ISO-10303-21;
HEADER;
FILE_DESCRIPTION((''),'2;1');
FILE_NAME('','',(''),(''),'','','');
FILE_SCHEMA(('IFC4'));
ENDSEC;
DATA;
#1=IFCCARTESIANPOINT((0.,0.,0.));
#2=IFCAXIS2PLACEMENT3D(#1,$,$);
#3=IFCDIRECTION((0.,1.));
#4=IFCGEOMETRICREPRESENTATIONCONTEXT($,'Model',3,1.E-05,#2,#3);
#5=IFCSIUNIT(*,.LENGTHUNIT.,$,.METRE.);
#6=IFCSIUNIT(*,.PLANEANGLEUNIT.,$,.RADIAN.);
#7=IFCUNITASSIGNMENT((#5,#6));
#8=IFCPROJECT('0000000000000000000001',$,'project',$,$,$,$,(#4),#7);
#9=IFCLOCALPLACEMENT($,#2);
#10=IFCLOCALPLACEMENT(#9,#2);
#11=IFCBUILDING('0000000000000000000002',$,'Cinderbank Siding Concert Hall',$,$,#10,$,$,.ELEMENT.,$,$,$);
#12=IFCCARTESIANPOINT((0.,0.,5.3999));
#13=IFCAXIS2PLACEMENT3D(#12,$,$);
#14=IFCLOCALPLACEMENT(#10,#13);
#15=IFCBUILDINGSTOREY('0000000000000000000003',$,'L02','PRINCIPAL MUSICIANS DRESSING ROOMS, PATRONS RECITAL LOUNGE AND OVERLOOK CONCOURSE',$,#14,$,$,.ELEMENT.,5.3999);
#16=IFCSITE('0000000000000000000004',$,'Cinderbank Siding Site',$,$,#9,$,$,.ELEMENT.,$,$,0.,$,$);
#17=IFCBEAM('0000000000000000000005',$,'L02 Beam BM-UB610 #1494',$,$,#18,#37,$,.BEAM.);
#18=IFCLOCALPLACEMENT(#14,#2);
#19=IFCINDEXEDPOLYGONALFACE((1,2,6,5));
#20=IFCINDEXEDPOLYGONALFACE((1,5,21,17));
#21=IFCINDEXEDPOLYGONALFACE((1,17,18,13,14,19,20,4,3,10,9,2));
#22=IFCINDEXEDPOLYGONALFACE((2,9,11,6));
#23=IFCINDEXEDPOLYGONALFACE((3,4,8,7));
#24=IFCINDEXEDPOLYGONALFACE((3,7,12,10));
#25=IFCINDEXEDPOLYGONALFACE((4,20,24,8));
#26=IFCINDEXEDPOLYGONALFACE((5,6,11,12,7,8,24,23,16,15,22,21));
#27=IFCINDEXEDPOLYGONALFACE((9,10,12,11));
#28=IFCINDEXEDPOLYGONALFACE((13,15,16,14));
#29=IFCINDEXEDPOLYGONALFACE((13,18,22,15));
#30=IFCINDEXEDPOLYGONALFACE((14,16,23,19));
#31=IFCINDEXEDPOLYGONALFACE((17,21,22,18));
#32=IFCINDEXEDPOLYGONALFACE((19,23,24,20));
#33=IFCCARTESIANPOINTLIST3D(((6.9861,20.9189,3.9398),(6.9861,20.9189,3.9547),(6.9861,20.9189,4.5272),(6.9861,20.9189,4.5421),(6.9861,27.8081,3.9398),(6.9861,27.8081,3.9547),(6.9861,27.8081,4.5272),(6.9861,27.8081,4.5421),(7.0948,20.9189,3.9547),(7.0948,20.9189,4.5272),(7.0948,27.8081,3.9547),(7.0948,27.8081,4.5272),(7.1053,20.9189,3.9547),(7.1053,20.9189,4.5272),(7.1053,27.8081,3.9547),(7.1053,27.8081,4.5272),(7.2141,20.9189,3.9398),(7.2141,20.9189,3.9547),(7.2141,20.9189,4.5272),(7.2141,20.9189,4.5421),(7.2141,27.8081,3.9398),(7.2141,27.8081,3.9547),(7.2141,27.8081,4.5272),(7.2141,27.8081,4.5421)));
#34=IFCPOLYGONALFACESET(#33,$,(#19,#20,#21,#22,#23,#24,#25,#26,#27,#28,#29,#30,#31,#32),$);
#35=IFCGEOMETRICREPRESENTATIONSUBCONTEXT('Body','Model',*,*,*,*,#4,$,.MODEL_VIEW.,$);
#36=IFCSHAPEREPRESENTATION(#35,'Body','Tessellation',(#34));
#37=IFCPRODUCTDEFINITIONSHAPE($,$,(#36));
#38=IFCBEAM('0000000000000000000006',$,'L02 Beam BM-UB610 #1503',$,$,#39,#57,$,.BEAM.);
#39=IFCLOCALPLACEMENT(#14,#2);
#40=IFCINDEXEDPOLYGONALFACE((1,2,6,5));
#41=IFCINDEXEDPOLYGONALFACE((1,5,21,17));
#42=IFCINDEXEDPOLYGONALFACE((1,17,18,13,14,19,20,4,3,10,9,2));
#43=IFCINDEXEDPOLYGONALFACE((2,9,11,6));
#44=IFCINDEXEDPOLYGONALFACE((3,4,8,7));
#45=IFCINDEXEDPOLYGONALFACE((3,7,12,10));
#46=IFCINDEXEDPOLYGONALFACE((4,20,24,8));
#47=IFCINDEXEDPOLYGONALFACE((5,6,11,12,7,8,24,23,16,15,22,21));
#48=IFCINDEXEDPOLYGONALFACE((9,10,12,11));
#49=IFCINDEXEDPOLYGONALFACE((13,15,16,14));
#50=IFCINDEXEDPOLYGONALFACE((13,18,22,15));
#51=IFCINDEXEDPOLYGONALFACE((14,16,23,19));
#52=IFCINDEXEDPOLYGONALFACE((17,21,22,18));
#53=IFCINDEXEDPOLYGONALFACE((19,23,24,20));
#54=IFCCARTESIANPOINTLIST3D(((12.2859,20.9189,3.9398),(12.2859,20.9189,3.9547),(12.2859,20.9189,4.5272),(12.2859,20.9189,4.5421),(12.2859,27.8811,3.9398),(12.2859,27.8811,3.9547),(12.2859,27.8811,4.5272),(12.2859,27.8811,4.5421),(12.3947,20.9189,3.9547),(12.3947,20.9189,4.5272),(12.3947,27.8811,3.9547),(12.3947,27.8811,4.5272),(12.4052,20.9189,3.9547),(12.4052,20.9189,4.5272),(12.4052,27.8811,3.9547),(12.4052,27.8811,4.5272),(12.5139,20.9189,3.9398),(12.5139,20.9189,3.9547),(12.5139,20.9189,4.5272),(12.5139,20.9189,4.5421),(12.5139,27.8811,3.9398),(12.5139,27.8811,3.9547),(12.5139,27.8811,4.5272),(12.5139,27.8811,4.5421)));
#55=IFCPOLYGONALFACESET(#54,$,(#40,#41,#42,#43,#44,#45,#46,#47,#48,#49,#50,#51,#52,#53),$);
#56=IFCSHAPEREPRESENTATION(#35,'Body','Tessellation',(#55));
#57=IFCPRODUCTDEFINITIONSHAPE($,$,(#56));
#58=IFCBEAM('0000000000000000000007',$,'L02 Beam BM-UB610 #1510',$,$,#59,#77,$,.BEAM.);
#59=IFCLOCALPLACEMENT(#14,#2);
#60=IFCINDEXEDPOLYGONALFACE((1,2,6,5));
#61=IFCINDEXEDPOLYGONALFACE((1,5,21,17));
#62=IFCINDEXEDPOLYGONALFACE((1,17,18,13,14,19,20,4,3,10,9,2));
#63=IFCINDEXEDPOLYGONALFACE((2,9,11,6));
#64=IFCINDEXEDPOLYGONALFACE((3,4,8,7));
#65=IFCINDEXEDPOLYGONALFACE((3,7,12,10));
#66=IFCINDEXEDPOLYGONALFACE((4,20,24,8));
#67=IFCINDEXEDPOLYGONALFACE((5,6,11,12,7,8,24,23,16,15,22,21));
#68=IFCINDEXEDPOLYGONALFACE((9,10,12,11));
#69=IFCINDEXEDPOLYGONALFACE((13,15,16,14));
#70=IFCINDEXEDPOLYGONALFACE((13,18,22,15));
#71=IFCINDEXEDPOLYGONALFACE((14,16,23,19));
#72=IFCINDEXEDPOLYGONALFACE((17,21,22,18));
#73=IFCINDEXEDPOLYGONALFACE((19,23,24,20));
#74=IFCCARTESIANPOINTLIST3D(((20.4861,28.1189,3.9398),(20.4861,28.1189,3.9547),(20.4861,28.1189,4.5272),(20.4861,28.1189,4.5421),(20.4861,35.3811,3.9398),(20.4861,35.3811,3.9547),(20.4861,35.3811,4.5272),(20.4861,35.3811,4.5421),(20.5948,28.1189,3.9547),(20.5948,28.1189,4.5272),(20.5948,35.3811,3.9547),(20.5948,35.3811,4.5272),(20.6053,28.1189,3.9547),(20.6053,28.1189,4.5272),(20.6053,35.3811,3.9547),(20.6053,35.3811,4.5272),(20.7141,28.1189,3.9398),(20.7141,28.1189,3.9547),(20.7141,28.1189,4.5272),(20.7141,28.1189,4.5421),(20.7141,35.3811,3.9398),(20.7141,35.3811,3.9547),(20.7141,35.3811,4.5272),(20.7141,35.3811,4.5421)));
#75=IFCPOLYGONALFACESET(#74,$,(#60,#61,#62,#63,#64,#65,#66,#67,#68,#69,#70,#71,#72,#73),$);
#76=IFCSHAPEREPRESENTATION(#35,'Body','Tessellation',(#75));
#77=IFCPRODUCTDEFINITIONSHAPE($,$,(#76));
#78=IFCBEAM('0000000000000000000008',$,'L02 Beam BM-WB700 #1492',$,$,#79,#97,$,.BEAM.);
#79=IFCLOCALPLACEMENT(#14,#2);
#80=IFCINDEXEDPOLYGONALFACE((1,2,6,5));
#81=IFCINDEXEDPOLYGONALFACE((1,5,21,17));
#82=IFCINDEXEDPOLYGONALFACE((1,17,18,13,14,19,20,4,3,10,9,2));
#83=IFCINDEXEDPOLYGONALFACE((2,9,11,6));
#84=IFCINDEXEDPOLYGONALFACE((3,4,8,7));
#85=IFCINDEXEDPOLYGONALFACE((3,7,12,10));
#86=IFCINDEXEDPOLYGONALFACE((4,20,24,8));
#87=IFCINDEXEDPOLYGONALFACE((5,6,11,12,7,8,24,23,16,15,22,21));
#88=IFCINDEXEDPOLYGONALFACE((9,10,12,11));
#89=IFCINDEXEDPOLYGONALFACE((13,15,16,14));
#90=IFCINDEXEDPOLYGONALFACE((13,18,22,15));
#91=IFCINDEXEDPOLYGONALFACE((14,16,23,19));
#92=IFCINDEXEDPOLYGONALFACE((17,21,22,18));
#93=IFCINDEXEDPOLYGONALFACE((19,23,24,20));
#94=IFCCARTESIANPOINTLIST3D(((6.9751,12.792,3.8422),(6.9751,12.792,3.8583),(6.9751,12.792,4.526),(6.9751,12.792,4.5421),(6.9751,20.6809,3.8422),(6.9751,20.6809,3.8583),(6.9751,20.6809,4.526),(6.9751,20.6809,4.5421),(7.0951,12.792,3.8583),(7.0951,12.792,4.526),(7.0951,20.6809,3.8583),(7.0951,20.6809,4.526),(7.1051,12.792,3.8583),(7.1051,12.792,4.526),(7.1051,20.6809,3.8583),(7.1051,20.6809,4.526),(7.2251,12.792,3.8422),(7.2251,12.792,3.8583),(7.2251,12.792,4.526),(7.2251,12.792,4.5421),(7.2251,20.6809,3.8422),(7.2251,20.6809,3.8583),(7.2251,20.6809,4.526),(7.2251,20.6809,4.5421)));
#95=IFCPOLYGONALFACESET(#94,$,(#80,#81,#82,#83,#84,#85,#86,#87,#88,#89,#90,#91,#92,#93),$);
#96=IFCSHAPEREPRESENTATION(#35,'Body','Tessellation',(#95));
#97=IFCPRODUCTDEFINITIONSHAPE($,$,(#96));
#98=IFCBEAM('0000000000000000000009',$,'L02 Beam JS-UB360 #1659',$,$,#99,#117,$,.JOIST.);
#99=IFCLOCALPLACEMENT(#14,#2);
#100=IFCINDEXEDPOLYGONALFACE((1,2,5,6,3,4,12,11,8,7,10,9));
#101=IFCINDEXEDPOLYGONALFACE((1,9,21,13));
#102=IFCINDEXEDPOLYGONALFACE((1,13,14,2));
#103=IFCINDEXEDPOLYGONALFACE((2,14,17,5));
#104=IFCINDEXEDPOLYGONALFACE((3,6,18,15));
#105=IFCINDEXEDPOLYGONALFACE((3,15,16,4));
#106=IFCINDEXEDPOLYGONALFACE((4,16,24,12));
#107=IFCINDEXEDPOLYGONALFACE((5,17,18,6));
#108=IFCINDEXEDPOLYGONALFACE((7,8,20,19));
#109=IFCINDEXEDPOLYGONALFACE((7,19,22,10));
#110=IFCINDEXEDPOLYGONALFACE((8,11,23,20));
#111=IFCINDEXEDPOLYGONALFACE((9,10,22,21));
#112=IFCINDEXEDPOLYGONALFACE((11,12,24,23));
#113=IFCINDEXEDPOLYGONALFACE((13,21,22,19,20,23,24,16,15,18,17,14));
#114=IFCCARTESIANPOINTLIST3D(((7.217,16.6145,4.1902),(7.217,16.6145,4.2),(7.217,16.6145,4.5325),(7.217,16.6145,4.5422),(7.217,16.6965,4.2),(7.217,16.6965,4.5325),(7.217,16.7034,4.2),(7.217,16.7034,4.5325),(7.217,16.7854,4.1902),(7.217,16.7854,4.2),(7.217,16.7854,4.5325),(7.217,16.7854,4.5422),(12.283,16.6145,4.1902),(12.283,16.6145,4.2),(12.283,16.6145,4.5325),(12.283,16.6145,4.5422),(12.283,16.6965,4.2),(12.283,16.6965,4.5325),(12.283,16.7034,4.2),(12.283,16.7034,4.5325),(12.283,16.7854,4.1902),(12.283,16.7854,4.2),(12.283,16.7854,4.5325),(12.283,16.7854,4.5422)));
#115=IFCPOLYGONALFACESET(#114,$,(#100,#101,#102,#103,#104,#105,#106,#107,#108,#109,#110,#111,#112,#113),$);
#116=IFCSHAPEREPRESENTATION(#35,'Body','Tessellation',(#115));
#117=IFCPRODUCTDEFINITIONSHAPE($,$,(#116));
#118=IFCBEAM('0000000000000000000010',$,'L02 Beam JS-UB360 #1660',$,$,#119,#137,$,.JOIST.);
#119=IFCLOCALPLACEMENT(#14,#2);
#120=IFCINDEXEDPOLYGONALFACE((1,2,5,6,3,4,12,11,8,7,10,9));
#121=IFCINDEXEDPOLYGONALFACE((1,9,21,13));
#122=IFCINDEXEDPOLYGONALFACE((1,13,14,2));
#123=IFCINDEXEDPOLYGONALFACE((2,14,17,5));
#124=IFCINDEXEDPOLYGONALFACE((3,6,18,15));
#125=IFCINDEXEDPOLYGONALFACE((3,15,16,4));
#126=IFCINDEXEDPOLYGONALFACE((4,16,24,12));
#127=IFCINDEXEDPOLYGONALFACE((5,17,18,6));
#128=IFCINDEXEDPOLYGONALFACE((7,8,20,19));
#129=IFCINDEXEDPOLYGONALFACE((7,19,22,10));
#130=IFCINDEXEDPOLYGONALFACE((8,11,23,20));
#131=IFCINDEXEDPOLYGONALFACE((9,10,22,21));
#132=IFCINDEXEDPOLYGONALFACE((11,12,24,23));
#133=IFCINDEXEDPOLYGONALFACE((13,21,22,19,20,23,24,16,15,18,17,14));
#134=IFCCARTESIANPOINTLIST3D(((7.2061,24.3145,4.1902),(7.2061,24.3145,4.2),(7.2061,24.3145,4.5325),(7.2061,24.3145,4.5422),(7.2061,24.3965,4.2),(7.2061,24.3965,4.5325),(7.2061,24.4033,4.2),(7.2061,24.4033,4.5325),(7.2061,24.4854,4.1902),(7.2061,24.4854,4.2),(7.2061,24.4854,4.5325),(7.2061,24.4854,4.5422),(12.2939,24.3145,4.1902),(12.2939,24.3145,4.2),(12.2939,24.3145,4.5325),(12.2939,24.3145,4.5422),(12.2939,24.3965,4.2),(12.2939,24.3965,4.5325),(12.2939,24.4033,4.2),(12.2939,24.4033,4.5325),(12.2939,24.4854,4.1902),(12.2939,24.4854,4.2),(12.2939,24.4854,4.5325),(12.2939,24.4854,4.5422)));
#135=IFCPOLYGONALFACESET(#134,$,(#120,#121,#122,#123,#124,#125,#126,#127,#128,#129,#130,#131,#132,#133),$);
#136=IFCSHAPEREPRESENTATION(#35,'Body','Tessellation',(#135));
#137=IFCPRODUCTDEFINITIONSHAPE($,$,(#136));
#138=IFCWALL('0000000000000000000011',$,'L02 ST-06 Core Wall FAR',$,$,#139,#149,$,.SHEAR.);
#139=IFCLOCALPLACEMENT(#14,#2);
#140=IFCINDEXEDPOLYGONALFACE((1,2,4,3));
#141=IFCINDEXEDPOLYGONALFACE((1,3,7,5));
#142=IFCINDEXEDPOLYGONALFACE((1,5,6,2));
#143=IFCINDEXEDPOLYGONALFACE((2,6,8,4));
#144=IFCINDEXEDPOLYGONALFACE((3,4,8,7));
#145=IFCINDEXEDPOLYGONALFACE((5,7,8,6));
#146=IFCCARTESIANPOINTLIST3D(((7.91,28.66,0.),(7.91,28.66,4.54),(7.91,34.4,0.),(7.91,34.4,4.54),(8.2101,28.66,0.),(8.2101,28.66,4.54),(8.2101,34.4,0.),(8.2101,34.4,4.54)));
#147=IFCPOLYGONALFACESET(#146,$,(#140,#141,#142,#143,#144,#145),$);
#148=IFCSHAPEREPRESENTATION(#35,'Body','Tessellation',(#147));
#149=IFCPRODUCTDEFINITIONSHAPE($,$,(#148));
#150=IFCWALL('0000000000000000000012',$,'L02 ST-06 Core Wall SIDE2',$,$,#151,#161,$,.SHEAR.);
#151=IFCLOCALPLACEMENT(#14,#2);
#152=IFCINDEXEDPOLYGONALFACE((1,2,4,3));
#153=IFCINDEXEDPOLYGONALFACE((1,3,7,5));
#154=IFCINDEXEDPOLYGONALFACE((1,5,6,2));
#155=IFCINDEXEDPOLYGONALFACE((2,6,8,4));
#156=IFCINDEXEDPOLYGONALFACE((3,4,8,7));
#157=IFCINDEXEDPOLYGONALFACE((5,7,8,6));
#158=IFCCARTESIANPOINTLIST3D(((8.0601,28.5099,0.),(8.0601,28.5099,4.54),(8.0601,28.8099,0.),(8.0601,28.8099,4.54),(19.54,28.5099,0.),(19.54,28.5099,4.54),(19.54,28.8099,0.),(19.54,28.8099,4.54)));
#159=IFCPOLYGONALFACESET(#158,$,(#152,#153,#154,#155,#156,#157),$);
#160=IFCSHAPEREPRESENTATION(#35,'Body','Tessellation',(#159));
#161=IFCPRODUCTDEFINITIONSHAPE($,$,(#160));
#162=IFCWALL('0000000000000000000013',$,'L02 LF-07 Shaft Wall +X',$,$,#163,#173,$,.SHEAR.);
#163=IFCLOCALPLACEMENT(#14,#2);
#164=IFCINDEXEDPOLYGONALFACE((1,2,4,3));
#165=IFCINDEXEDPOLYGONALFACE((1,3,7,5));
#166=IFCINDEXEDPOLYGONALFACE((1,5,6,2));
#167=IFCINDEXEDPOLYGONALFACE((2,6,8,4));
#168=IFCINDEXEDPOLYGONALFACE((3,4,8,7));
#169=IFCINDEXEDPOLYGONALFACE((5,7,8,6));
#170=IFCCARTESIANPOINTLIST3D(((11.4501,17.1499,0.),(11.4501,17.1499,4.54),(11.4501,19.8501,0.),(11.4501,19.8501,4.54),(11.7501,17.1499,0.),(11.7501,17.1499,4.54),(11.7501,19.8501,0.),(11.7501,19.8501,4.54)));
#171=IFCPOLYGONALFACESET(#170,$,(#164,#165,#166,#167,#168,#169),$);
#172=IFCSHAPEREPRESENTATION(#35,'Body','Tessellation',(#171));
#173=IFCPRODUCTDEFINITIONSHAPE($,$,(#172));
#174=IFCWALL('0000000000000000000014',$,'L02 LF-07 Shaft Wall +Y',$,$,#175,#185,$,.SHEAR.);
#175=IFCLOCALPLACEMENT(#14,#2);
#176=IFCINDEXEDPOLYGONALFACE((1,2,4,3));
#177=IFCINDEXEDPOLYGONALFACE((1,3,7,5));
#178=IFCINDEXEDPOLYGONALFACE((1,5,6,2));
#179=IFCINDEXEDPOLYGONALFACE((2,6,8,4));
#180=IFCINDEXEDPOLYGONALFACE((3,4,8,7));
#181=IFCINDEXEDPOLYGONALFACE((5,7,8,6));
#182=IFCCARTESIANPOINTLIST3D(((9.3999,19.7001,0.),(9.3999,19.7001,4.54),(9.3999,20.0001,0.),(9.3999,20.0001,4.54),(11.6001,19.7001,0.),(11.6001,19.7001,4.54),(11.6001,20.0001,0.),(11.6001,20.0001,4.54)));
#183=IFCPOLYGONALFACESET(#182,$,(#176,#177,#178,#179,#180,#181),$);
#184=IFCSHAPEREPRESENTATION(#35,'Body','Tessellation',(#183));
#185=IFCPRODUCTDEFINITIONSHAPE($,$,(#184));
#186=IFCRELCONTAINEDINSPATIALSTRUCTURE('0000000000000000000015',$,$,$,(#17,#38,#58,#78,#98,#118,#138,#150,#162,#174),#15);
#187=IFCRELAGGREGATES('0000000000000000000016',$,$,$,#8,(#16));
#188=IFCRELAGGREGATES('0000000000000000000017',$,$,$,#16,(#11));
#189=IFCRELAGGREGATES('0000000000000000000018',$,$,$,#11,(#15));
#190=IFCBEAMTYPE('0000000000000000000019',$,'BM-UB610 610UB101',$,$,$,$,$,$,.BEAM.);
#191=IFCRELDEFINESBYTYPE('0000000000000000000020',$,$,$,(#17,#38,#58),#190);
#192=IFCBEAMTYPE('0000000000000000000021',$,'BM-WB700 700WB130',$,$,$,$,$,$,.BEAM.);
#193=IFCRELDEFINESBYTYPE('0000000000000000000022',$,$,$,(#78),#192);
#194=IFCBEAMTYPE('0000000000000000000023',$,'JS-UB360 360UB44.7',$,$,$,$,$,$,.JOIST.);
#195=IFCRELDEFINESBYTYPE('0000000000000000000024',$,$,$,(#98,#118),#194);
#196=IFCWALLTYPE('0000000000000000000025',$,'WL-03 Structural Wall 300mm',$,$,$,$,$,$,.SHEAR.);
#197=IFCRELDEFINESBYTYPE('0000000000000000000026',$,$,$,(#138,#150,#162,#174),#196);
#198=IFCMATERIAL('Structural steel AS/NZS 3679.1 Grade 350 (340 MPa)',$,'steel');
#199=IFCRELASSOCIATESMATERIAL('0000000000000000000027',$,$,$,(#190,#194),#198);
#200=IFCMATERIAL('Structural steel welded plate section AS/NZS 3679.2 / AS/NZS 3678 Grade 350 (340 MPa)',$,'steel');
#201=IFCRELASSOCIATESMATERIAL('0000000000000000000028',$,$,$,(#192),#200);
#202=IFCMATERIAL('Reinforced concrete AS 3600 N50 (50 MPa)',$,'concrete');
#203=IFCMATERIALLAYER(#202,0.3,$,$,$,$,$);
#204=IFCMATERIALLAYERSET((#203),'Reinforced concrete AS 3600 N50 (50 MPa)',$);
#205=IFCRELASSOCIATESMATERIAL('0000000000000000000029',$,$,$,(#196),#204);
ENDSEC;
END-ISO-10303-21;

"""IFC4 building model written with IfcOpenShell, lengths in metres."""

from ifc_helpers import new_model, si_unit, direction, frame, frame_2d, origin, origin_2d, place, context, subcontext, project, spatial, rectangle, i_section, extrude, material, layer, layer_set, material_profile, profile_set, type_object, element, save


model = new_model("IFC4")

# Units and contexts
model_context = context("Model", 3, precision=1e-05, world=origin(), true_north=direction((0.0, 1.0)))
body_context = subcontext(model_context, "Body", "Model", "MODEL_VIEW")
ifc_project = project(units=[si_unit("LENGTHUNIT", "METRE"), si_unit("PLANEANGLEUNIT", "RADIAN")], contexts=[model_context])

# Site, building, storey
site_placement = place(None, origin())
site = spatial("IfcSite", under=ifc_project, at=site_placement, Name="Cinderbank Siding Site", CompositionType="ELEMENT", RefElevation=0.0)
building_placement = place(site_placement, origin())
building = spatial("IfcBuilding", under=site, at=building_placement, Name="Cinderbank Siding Concert Hall", CompositionType="ELEMENT")
storey_placement = place(building_placement, frame((0.0, 0.0, 5.3999)))
storey = spatial("IfcBuildingStorey", under=building, at=storey_placement, Name="L02", Description="PRINCIPAL MUSICIANS DRESSING ROOMS, PATRONS RECITAL LOUNGE AND OVERLOOK CONCOURSE", CompositionType="ELEMENT", Elevation=5.3999)

# Shared definitions
ifc_material_1 = material(Name="Structural steel AS/NZS 3679.1 Grade 350 (340 MPa)", Category="steel")
ifc_material_2 = material(Name="Reinforced concrete AS 3600 N50 (50 MPa)", Category="concrete")

# Beams
ifc_material_profile_1 = material_profile(ifc_material_1, i_section(OverallWidth=0.228, OverallDepth=0.6023, WebThickness=0.0105, FlangeThickness=0.0149, at=origin_2d()), Name="610UB101", Category="LoadBearing")
ifc_profile_set_1 = profile_set([ifc_material_profile_1], Name="Structural steel AS/NZS 3679.1 Grade 350 (340 MPa)")
beam_type_1 = type_object("IfcBeamType", Name="BM-UB610 610UB101", PredefinedType="BEAM", material=ifc_profile_set_1)
beam_1_placement = place(storey_placement, frame((7.1001, 20.9189, 4.241), z_axis=(0.0, 1.0, 0.0), x_axis=(-1.0, 0.0, 0.0)))
element("IfcBeam", 1, at=beam_1_placement, inside=storey, type_object=beam_type_1, Name="L02 Beam BM-UB610 #1494", PredefinedType="BEAM", context=body_context, shape_type="SweptSolid", body=[
    extrude(i_section(OverallWidth=0.228, OverallDepth=0.6023, WebThickness=0.0105, FlangeThickness=0.0149, at=origin_2d()), origin(), (0.0, 0.0, 1.0), 6.8892),
])
beam_2_placement = place(storey_placement, frame((12.3999, 20.9189, 4.241), z_axis=(0.0, 1.0, 0.0), x_axis=(-1.0, 0.0, 0.0)))
element("IfcBeam", 2, at=beam_2_placement, inside=storey, type_object=beam_type_1, Name="L02 Beam BM-UB610 #1503", PredefinedType="BEAM", context=body_context, shape_type="SweptSolid", body=[
    extrude(i_section(OverallWidth=0.228, OverallDepth=0.6023, WebThickness=0.0105, FlangeThickness=0.0149, at=origin_2d()), origin(), (0.0, 0.0, 1.0), 6.9622),
])
beam_3_placement = place(storey_placement, frame((20.6001, 28.1189, 4.241), z_axis=(0.0, 1.0, 0.0), x_axis=(-1.0, 0.0, 0.0)))
element("IfcBeam", 3, at=beam_3_placement, inside=storey, type_object=beam_type_1, Name="L02 Beam BM-UB610 #1510", PredefinedType="BEAM", context=body_context, shape_type="SweptSolid", body=[
    extrude(i_section(OverallWidth=0.228, OverallDepth=0.6023, WebThickness=0.0105, FlangeThickness=0.0149, at=origin_2d()), origin(), (0.0, 0.0, 1.0), 7.2622),
])
ifc_material_3 = material(Name="Structural steel welded plate section AS/NZS 3679.2 / AS/NZS 3678 Grade 350 (340 MPa)", Category="steel")
ifc_material_profile_2 = material_profile(ifc_material_3, i_section(OverallWidth=0.25, OverallDepth=0.7, WebThickness=0.01, FlangeThickness=0.0161, at=origin_2d()), Name="700WB130", Category="LoadBearing")
ifc_profile_set_2 = profile_set([ifc_material_profile_2], Name="Structural steel welded plate section AS/NZS 3679.2 / AS/NZS 3678 Grade 350 (340 MPa)")
beam_type_2 = type_object("IfcBeamType", Name="BM-WB700 700WB130", PredefinedType="BEAM", material=ifc_profile_set_2)
beam_4_placement = place(storey_placement, frame((7.1001, 12.792, 4.1921), z_axis=(0.0, 1.0, 0.0), x_axis=(-1.0, 0.0, 0.0)))
element("IfcBeam", 4, at=beam_4_placement, inside=storey, type_object=beam_type_2, Name="L02 Beam BM-WB700 #1492", PredefinedType="BEAM", context=body_context, shape_type="SweptSolid", body=[
    extrude(i_section(OverallWidth=0.25, OverallDepth=0.7, WebThickness=0.01, FlangeThickness=0.0161, at=origin_2d()), origin(), (0.0, 0.0, 1.0), 7.8889),
])
ifc_material_profile_3 = material_profile(ifc_material_1, i_section(OverallWidth=0.1709, OverallDepth=0.3521, WebThickness=0.0068, FlangeThickness=0.0098, at=origin_2d()), Name="360UB44.7", Category="LoadBearing")
ifc_profile_set_3 = profile_set([ifc_material_profile_3], Name="Structural steel AS/NZS 3679.1 Grade 350 (340 MPa)")
beam_type_3 = type_object("IfcBeamType", Name="JS-UB360 360UB44.7", PredefinedType="JOIST", material=ifc_profile_set_3)
beam_5_placement = place(storey_placement, frame((7.217, 16.7, 4.3662), z_axis=(1.0, 0.0, 0.0), x_axis=(0.0, 1.0, 0.0)))
element("IfcBeam", 5, at=beam_5_placement, inside=storey, type_object=beam_type_3, Name="L02 Beam JS-UB360 #1659", PredefinedType="JOIST", context=body_context, shape_type="SweptSolid", body=[
    extrude(i_section(OverallWidth=0.1709, OverallDepth=0.3521, WebThickness=0.0068, FlangeThickness=0.0098, at=origin_2d()), origin(), (0.0, 0.0, 1.0), 5.0659),
])
beam_6_placement = place(storey_placement, frame((7.2061, 24.3999, 4.3662), z_axis=(1.0, 0.0, 0.0), x_axis=(0.0, 1.0, 0.0)))
element("IfcBeam", 6, at=beam_6_placement, inside=storey, type_object=beam_type_3, Name="L02 Beam JS-UB360 #1660", PredefinedType="JOIST", context=body_context, shape_type="SweptSolid", body=[
    extrude(i_section(OverallWidth=0.1709, OverallDepth=0.3521, WebThickness=0.0068, FlangeThickness=0.0098, at=origin_2d()), origin(), (0.0, 0.0, 1.0), 5.0879),
])

# Walls
ifc_layer_1 = layer(ifc_material_2, 0.3)
ifc_layer_set_1 = layer_set([ifc_layer_1], Name="Reinforced concrete AS 3600 N50 (50 MPa)")
wall_type_1 = type_object("IfcWallType", Name="WL-03 Structural Wall 300mm", PredefinedType="SHEAR", material=ifc_layer_set_1)
wall_1_placement = place(storey_placement, frame((8.0601, 28.6599, 0.0), z_axis=(0.0, 0.0, 1.0), x_axis=(0.0, 1.0, 0.0)))
element("IfcWall", 7, at=wall_1_placement, inside=storey, type_object=wall_type_1, Name="L02 ST-06 Core Wall FAR", PredefinedType="SHEAR", context=body_context, shape_type="SweptSolid", body=[
    extrude(rectangle(XDim=5.74, YDim=0.3, at=frame_2d((2.8701, 0.0))), origin(), (0.0, 0.0, 1.0), 4.54),
])
wall_2_placement = place(storey_placement, frame((19.54, 28.6599, 0.0), z_axis=(0.0, 0.0, 1.0), x_axis=(-1.0, 0.0, 0.0)))
element("IfcWall", 8, at=wall_2_placement, inside=storey, type_object=wall_type_1, Name="L02 ST-06 Core Wall SIDE2", PredefinedType="SHEAR", context=body_context, shape_type="SweptSolid", body=[
    extrude(rectangle(XDim=11.48, YDim=0.3, at=frame_2d((5.74, 0.0))), origin(), (0.0, 0.0, 1.0), 4.54),
])

# Walls
wall_3_placement = place(storey_placement, frame((11.6001, 19.8501, 0.0), z_axis=(0.0, 0.0, 1.0), x_axis=(0.0, -1.0, 0.0)))
element("IfcWall", 9, at=wall_3_placement, inside=storey, type_object=wall_type_1, Name="L02 LF-07 Shaft Wall +X", PredefinedType="SHEAR", context=body_context, shape_type="SweptSolid", body=[
    extrude(rectangle(XDim=2.7002, YDim=0.3, at=frame_2d((1.3501, 0.0))), origin(), (0.0, 0.0, 1.0), 4.54),
])
wall_4_placement = place(storey_placement, frame((9.3999, 19.8501, 0.0), z_axis=(0.0, 0.0, 1.0), x_axis=(1.0, 0.0, 0.0)))
element("IfcWall", 10, at=wall_4_placement, inside=storey, type_object=wall_type_1, Name="L02 LF-07 Shaft Wall +Y", PredefinedType="SHEAR", context=body_context, shape_type="SweptSolid", body=[
    extrude(rectangle(XDim=2.2002, YDim=0.3, at=frame_2d((1.1001, 0.0))), origin(), (0.0, 0.0, 1.0), 4.54),
])

save(model, "model.ifc")
